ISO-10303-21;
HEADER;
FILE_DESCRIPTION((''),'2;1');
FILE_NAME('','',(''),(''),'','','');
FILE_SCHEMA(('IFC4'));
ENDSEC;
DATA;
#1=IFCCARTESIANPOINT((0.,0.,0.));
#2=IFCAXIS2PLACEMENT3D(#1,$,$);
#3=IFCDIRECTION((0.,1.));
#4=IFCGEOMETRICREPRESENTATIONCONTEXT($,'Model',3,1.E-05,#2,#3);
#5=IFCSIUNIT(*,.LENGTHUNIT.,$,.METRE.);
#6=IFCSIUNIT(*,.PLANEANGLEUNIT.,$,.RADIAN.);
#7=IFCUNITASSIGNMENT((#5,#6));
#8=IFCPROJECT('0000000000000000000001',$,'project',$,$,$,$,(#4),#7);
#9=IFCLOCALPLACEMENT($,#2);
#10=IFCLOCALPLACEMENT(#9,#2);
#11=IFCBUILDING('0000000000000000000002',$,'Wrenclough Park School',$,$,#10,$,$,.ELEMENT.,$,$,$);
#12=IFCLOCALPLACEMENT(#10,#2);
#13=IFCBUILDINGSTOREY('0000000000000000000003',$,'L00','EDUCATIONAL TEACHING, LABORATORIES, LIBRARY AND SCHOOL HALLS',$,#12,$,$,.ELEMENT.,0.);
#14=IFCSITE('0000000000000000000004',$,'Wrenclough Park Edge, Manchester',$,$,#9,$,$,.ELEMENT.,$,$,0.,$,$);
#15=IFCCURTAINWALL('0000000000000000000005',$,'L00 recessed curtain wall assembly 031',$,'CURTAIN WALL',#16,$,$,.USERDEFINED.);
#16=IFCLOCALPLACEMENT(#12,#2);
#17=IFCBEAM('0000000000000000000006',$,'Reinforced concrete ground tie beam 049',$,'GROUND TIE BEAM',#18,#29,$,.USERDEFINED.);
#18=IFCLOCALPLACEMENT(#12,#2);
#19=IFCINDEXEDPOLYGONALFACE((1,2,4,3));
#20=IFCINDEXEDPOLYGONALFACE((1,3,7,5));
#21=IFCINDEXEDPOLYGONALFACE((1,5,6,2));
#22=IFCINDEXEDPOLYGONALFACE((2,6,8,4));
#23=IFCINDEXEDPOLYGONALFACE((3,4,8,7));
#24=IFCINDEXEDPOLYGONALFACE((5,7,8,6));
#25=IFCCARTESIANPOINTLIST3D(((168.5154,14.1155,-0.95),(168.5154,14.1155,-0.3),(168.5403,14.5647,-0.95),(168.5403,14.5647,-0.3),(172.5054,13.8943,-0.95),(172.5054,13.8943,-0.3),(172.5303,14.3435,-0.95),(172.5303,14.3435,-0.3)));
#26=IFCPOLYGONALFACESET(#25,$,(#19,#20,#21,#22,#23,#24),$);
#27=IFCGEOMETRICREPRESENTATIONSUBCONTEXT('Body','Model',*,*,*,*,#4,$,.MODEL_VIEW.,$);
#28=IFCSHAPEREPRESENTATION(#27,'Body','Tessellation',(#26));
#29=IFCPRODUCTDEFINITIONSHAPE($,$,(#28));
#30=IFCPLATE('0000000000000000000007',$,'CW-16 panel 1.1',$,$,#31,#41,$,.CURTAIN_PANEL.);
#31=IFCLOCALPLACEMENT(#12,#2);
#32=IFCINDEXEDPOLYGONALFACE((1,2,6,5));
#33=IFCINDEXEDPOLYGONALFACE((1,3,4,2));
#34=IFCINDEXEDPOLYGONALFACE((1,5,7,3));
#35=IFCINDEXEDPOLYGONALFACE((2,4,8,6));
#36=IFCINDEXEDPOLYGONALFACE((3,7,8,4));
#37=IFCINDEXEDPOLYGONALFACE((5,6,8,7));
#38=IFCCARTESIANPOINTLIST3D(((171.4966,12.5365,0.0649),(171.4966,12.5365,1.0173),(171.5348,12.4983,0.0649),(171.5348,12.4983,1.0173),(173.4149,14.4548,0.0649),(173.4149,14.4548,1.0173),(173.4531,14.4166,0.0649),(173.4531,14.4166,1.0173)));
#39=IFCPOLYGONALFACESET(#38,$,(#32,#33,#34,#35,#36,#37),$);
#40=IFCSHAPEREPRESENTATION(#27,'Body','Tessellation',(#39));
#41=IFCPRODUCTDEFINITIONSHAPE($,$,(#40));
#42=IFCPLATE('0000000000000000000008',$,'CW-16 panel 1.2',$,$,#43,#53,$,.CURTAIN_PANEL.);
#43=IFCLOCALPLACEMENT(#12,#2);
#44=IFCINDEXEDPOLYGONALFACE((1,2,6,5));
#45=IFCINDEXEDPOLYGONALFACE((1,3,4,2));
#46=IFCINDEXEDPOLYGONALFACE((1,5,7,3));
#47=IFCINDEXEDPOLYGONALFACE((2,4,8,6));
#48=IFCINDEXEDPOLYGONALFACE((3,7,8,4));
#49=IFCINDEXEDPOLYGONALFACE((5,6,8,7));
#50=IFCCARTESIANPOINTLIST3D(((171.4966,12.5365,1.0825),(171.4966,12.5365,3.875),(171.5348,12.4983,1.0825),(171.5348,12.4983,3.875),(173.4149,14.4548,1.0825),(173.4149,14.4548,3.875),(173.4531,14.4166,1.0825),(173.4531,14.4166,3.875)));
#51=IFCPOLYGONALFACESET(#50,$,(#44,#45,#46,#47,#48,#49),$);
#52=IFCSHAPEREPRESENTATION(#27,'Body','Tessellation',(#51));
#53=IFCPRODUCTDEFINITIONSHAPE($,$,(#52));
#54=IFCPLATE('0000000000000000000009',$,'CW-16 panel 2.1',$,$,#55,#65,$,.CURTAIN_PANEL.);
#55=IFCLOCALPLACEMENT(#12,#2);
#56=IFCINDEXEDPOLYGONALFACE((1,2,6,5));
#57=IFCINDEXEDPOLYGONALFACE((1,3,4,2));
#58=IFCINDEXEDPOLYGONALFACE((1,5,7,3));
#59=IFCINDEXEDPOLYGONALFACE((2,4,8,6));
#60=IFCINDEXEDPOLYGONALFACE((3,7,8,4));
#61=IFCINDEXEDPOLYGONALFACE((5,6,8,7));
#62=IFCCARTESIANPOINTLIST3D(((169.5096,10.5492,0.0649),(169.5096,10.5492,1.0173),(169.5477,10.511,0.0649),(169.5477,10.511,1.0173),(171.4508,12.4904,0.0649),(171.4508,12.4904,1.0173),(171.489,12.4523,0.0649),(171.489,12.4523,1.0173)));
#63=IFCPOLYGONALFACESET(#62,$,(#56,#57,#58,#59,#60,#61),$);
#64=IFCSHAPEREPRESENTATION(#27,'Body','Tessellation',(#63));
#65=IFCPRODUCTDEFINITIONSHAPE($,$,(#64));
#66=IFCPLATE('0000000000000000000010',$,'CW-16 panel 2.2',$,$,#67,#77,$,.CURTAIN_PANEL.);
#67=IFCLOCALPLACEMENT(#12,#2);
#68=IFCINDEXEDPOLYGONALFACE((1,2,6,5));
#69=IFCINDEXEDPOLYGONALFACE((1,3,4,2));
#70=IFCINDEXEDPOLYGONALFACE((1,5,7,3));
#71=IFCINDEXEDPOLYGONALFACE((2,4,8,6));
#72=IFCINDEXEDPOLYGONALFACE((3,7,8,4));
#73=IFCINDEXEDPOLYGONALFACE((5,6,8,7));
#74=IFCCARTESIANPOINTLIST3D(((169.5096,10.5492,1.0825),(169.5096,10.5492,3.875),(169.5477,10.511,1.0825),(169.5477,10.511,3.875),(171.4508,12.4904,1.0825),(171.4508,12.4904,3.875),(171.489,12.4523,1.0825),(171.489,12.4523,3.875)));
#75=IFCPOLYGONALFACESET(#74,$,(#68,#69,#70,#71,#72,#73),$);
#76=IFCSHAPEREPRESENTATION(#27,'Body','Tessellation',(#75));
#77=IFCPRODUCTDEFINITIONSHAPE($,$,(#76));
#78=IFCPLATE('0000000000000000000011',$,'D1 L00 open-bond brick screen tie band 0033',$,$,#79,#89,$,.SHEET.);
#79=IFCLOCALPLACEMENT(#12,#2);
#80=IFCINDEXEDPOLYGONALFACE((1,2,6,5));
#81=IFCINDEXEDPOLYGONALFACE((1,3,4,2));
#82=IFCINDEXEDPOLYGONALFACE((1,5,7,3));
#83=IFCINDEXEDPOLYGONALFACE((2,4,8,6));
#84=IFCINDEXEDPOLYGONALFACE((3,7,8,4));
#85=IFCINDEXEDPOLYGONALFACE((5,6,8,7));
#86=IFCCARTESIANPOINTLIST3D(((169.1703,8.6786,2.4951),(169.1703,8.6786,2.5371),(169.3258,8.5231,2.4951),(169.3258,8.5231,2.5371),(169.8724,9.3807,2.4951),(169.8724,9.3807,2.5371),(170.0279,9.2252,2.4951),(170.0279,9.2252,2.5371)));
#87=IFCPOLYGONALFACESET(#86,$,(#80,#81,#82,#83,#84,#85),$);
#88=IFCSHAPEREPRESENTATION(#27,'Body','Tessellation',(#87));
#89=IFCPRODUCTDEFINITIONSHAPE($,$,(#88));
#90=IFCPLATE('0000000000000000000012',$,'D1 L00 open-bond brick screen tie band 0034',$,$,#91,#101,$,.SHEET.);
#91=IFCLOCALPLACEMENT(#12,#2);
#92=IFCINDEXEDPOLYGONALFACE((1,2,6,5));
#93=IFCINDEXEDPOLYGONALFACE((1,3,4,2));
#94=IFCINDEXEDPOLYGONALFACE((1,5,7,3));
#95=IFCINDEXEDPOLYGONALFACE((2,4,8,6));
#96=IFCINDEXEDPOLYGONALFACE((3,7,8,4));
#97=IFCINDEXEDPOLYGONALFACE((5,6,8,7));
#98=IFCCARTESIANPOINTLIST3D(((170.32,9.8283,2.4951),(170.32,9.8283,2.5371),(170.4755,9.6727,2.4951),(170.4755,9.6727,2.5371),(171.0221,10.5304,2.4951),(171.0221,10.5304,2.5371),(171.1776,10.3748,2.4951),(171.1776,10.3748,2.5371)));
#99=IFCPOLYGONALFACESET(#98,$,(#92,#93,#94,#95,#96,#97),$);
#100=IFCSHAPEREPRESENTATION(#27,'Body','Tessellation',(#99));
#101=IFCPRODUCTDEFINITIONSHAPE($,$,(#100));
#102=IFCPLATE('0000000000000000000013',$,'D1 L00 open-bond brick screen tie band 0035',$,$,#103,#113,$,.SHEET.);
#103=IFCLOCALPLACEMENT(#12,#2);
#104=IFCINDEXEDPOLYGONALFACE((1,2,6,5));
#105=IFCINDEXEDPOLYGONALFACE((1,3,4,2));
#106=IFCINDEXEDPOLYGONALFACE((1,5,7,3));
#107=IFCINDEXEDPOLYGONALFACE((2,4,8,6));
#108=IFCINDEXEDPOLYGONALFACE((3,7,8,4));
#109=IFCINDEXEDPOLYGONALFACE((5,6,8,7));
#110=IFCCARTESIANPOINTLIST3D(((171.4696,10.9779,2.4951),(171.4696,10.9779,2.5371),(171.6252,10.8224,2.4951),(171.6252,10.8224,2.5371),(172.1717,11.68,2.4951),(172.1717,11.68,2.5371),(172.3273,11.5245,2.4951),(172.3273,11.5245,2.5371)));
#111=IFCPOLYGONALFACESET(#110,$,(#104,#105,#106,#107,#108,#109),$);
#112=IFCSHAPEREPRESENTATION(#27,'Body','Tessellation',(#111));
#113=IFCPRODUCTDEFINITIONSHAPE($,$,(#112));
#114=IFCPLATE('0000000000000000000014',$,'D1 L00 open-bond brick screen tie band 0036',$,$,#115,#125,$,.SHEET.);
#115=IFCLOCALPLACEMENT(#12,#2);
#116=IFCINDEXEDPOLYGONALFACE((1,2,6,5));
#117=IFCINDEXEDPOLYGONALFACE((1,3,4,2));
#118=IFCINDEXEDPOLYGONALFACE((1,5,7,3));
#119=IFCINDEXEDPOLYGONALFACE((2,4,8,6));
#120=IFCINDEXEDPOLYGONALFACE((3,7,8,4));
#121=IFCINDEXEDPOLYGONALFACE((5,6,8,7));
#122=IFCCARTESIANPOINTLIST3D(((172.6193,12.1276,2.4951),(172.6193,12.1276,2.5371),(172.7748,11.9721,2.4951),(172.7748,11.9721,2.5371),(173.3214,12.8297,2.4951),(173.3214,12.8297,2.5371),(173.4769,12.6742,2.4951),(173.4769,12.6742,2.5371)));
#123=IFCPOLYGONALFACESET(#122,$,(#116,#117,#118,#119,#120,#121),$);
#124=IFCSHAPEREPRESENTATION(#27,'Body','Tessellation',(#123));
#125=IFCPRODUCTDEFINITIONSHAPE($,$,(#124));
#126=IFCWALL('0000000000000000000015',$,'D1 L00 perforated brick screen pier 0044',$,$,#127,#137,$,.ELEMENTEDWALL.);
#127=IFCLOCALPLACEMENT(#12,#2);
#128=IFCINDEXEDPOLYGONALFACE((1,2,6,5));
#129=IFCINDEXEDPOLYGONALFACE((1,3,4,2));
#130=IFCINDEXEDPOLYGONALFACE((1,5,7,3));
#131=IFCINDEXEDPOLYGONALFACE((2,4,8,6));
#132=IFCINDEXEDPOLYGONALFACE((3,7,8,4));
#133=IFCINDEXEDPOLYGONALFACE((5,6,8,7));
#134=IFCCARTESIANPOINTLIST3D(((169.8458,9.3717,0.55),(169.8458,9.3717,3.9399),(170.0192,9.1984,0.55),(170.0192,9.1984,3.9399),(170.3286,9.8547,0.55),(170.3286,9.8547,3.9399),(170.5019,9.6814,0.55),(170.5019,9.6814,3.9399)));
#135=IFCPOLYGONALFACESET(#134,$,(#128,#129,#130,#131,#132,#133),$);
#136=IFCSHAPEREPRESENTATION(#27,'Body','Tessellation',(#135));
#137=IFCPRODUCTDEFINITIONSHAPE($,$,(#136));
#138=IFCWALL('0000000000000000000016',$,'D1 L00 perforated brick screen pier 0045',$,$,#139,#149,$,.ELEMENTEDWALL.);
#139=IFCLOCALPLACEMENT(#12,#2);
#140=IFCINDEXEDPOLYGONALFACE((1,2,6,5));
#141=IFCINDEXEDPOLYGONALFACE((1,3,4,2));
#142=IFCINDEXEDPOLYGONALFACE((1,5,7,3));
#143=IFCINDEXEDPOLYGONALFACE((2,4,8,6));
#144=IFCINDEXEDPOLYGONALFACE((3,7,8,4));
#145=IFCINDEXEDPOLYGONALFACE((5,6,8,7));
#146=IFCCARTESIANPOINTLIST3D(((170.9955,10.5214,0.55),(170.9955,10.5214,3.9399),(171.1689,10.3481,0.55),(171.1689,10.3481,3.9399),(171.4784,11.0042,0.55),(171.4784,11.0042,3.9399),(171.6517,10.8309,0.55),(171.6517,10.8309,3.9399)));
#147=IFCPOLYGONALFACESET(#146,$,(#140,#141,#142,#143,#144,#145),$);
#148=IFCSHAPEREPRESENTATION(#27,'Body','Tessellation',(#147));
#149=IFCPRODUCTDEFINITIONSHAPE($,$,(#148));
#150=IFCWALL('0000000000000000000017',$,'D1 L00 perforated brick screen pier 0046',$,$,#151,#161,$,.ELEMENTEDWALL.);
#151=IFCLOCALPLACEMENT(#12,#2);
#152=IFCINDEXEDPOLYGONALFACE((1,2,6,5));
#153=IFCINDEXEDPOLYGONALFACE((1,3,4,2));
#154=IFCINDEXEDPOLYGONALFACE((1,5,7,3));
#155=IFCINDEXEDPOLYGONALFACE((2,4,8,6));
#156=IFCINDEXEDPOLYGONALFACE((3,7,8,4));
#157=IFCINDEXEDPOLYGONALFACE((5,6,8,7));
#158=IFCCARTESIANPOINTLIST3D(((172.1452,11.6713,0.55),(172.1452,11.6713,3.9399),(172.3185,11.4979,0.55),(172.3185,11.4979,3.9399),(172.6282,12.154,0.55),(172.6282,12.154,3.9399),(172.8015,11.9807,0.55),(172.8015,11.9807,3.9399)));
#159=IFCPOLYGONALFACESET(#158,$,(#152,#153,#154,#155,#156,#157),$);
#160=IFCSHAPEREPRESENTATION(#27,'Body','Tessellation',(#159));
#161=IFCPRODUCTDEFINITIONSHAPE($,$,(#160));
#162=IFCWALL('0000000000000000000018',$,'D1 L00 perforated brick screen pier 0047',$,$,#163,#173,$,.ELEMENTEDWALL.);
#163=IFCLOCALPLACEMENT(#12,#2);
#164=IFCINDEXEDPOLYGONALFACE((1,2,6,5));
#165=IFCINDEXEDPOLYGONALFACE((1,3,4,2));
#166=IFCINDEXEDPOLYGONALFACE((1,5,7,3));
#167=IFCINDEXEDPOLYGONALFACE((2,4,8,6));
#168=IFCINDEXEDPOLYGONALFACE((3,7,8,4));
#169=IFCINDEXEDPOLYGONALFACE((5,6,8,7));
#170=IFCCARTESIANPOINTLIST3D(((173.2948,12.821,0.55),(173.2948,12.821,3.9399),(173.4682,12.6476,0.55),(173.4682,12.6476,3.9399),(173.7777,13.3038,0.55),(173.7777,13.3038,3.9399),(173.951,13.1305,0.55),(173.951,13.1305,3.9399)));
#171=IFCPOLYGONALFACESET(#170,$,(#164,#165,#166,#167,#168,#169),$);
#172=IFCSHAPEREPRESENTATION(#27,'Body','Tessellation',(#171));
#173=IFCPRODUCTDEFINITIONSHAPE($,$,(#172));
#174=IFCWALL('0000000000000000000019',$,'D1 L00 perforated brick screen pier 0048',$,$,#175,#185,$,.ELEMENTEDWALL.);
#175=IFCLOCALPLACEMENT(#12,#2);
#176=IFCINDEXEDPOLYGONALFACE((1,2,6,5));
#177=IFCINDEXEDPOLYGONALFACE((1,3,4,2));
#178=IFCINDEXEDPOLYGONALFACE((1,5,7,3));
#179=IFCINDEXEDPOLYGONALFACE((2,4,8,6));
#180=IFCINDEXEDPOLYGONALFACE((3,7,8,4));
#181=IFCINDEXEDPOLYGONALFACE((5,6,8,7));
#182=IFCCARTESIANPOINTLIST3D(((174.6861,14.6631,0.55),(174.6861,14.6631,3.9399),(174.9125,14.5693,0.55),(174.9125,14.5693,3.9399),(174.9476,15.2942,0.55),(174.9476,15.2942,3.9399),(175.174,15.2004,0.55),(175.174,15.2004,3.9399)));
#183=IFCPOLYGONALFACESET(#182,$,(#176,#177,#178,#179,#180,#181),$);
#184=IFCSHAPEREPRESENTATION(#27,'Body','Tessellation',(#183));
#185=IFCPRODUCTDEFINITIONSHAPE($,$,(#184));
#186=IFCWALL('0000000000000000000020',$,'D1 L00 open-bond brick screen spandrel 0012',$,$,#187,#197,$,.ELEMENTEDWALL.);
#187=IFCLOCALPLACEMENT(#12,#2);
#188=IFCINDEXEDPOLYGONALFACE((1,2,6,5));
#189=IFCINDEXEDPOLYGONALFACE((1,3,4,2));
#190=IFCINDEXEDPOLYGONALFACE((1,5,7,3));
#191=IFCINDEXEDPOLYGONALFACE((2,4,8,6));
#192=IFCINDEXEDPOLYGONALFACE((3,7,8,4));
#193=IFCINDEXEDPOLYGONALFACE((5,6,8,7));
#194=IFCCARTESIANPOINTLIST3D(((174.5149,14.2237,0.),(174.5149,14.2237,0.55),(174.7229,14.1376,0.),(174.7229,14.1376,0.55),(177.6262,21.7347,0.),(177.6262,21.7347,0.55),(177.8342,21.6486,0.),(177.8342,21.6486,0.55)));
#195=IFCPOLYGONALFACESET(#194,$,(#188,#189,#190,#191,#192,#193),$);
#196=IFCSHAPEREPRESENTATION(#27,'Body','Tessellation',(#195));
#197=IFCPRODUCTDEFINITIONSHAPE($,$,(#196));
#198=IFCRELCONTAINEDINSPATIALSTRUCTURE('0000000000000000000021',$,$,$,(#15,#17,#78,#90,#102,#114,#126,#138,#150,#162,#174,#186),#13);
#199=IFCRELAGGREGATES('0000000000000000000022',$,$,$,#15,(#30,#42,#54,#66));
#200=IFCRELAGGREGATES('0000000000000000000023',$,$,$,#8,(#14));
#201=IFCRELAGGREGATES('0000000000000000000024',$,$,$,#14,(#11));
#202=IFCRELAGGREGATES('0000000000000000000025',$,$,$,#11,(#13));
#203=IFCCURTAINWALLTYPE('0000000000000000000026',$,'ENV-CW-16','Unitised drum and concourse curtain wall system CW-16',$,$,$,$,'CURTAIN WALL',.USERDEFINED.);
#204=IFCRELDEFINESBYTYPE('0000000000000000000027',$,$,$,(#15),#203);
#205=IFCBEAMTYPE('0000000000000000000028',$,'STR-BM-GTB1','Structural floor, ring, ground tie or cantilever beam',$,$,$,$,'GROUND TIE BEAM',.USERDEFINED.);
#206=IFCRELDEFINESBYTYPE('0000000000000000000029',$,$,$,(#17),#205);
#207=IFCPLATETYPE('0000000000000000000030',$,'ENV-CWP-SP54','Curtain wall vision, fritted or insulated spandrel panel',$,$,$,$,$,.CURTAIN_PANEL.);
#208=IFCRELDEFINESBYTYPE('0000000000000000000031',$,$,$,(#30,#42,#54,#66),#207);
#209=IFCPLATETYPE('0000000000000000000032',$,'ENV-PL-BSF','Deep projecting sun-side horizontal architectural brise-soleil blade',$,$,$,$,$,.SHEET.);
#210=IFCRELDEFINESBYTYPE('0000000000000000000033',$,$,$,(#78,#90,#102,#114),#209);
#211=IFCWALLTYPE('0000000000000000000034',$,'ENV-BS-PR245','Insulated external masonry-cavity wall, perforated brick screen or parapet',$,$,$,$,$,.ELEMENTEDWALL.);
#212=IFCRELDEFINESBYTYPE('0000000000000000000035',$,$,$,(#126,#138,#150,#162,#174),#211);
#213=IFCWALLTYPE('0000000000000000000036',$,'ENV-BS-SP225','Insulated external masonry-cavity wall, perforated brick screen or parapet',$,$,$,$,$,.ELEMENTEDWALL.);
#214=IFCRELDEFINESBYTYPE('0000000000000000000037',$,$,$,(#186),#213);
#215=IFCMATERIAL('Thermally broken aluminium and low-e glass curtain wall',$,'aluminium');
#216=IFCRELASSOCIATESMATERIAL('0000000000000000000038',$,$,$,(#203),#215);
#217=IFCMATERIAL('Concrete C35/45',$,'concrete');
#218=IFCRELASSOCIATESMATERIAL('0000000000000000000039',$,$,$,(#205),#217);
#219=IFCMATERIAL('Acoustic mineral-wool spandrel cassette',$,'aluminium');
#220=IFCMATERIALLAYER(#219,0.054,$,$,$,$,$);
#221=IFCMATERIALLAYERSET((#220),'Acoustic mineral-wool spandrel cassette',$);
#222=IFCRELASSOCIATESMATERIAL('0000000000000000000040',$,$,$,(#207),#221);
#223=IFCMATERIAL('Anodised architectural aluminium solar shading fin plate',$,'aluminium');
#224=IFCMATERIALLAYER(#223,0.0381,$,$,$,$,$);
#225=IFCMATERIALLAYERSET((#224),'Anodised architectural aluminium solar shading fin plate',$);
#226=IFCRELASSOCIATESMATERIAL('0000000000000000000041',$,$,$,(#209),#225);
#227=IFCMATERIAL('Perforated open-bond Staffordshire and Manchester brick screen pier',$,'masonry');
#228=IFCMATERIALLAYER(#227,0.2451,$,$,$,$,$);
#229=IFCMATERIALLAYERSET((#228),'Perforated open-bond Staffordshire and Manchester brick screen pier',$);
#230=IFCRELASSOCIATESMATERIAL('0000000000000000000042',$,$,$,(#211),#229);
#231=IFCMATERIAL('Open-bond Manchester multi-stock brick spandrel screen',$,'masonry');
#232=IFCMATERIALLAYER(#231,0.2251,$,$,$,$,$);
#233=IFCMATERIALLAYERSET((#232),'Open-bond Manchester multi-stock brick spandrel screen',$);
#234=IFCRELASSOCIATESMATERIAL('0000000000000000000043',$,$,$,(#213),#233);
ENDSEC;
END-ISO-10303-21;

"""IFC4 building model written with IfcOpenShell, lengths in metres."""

from ifc_helpers import new_model, si_unit, direction, frame, frame_2d, origin, origin_2d, place, context, subcontext, project, spatial, rectangle, extrude, material, layer, layer_set, material_profile, profile_set, type_object, element, aggregate, save


model = new_model("IFC4")

# Units and contexts
model_context = context("Model", 3, precision=1e-05, world=origin(), true_north=direction((0.0, 1.0)))
body_context = subcontext(model_context, "Body", "Model", "MODEL_VIEW")
ifc_project = project(units=[si_unit("LENGTHUNIT", "METRE"), si_unit("PLANEANGLEUNIT", "RADIAN")], contexts=[model_context])

# Site, building, storey
site_placement = place(None, origin())
site = spatial("IfcSite", under=ifc_project, at=site_placement, Name="Wrenclough Park Edge, Manchester", CompositionType="ELEMENT", RefElevation=0.0)
building_placement = place(site_placement, origin())
building = spatial("IfcBuilding", under=site, at=building_placement, Name="Wrenclough Park School", CompositionType="ELEMENT")
storey_placement = place(building_placement, origin())
storey = spatial("IfcBuildingStorey", under=building, at=storey_placement, Name="L00", Description="EDUCATIONAL TEACHING, LABORATORIES, LIBRARY AND SCHOOL HALLS", CompositionType="ELEMENT", Elevation=0.0)

# Shared definitions
ifc_material_1 = material(Name="Concrete C35/45", Category="concrete")

# Curtain wall
ifc_material_2 = material(Name="Thermally broken aluminium and low-e glass curtain wall", Category="aluminium")
curtain_wall_type = type_object("IfcCurtainWallType", Name="ENV-CW-16", Description="Unitised drum and concourse curtain wall system CW-16", ElementType="CURTAIN WALL", PredefinedType="USERDEFINED", material=ifc_material_2)
curtain_wall_placement = place(storey_placement, origin())
curtain_wall = element("IfcCurtainWall", 1, at=curtain_wall_placement, inside=storey, type_object=curtain_wall_type, Name="L00 recessed curtain wall assembly 031", ObjectType="CURTAIN WALL", PredefinedType="USERDEFINED")

# Beam
ifc_material_profile_1 = material_profile(ifc_material_1, rectangle(XDim=0.45, YDim=0.6499, at=origin_2d()), Name="RC GROUND 450x650")
ifc_profile_set_1 = profile_set([ifc_material_profile_1], Name="Concrete C35/45")
beam_type = type_object("IfcBeamType", Name="STR-BM-GTB1", Description="Structural floor, ring, ground tie or cantilever beam", ElementType="GROUND TIE BEAM", PredefinedType="USERDEFINED", material=ifc_profile_set_1)
beam_placement = place(storey_placement, frame((172.5178, 14.1189, -0.625), z_axis=(-0.998467, 0.055352, 0.0), x_axis=(-0.055352, -0.998467, 0.0)))
element("IfcBeam", 2, at=beam_placement, inside=storey, type_object=beam_type, Name="Reinforced concrete ground tie beam 049", ObjectType="GROUND TIE BEAM", PredefinedType="USERDEFINED", context=body_context, shape_type="SweptSolid", body=[
    extrude(rectangle(XDim=0.45, YDim=0.6499, at=origin_2d()), origin(), (0.0, 0.0, 1.0), 3.9961),
])

# Plates
ifc_material_3 = material(Name="Acoustic mineral-wool spandrel cassette", Category="aluminium")
ifc_layer_1 = layer(ifc_material_3, 0.054)
ifc_layer_set_1 = layer_set([ifc_layer_1], Name="Acoustic mineral-wool spandrel cassette")
plate_type_1 = type_object("IfcPlateType", Name="ENV-CWP-SP54", Description="Curtain wall vision, fritted or insulated spandrel panel", PredefinedType="CURTAIN_PANEL", material=ifc_layer_set_1)
plate_1_placement = place(storey_placement, frame((172.4749, 13.4766, 0.0649), z_axis=(0.0, 0.0, 1.0), x_axis=(-0.707107, -0.707107, 0.0)))
plate_1 = element("IfcPlate", 3, at=plate_1_placement, type_object=plate_type_1, Name="CW-16 panel 1.1", PredefinedType="CURTAIN_PANEL", context=body_context, shape_type="SweptSolid", body=[
    extrude(rectangle(XDim=2.7129, YDim=0.054, at=origin_2d()), origin(), (0.0, 0.0, 1.0), 0.9524),
])
plate_2_placement = place(storey_placement, frame((172.4749, 13.4766, 1.0825), z_axis=(0.0, 0.0, 1.0), x_axis=(-0.707107, -0.707107, 0.0)))
plate_2 = element("IfcPlate", 4, at=plate_2_placement, type_object=plate_type_1, Name="CW-16 panel 1.2", PredefinedType="CURTAIN_PANEL", context=body_context, shape_type="SweptSolid", body=[
    extrude(rectangle(XDim=2.7129, YDim=0.054, at=origin_2d()), origin(), (0.0, 0.0, 1.0), 2.7925),
])
plate_3_placement = place(storey_placement, frame((170.4993, 11.5007, 0.0649), z_axis=(0.0, 0.0, 1.0), x_axis=(-0.707107, -0.707107, 0.0)))
plate_3 = element("IfcPlate", 5, at=plate_3_placement, type_object=plate_type_1, Name="CW-16 panel 2.1", PredefinedType="CURTAIN_PANEL", context=body_context, shape_type="SweptSolid", body=[
    extrude(rectangle(XDim=2.7454, YDim=0.054, at=origin_2d()), origin(), (0.0, 0.0, 1.0), 0.9524),
])
plate_4_placement = place(storey_placement, frame((170.4993, 11.5007, 1.0825), z_axis=(0.0, 0.0, 1.0), x_axis=(-0.707107, -0.707107, 0.0)))
plate_4 = element("IfcPlate", 6, at=plate_4_placement, type_object=plate_type_1, Name="CW-16 panel 2.2", PredefinedType="CURTAIN_PANEL", context=body_context, shape_type="SweptSolid", body=[
    extrude(rectangle(XDim=2.7454, YDim=0.054, at=origin_2d()), origin(), (0.0, 0.0, 1.0), 2.7925),
])
aggregate(curtain_wall, [plate_1, plate_2, plate_3, plate_4])

# Plates
ifc_material_4 = material(Name="Anodised architectural aluminium solar shading fin plate", Category="aluminium")
ifc_layer_2 = layer(ifc_material_4, 0.0381)
ifc_layer_set_2 = layer_set([ifc_layer_2], Name="Anodised architectural aluminium solar shading fin plate")
plate_type_2 = type_object("IfcPlateType", Name="ENV-PL-BSF", Description="Deep projecting sun-side horizontal architectural brise-soleil blade", PredefinedType="SHEET", material=ifc_layer_set_2)
for number, where, z_axis, x_axis, name in (
    (7, (169.5991, 8.9519, 2.4951), (0.0, 0.0, 1.0), (0.707107, 0.707107, 0.0), "D1 L00 open-bond brick screen tie band 0033"),
    (8, (170.7488, 10.1016, 2.4951), (0.0, 0.0, 1.0), (0.707107, 0.707107, 0.0), "D1 L00 open-bond brick screen tie band 0034"),
    (9, (171.8984, 11.2512, 2.4951), (0.0, 0.0, 1.0), (0.707107, 0.707107, 0.0), "D1 L00 open-bond brick screen tie band 0035"),
    (10, (173.0481, 12.4009, 2.4951), (0.0, 0.0, 1.0), (0.707107, 0.707107, 0.0), "D1 L00 open-bond brick screen tie band 0036"),
):
    element("IfcPlate", number, at=place(storey_placement, frame(where, z_axis=z_axis, x_axis=x_axis)), inside=storey, type_object=plate_type_2, Name=name, PredefinedType="SHEET", context=body_context, shape_type="SweptSolid", body=[
        extrude(rectangle(XDim=0.9929, YDim=0.22, at=origin_2d()), origin(), (0.0, 0.0, 1.0), 0.042),
    ])

# Walls
ifc_material_5 = material(Name="Perforated open-bond Staffordshire and Manchester brick screen pier", Category="masonry")
ifc_layer_3 = layer(ifc_material_5, 0.2451)
ifc_layer_set_3 = layer_set([ifc_layer_3], Name="Perforated open-bond Staffordshire and Manchester brick screen pier")
wall_type_1 = type_object("IfcWallType", Name="ENV-BS-PR245", Description="Insulated external masonry-cavity wall, perforated brick screen or parapet", PredefinedType="ELEMENTEDWALL", material=ifc_layer_set_3)
for number, where, z_axis, x_axis, name in (
    (11, (169.9326, 9.2852, 0.55), (0.0, 0.0, 1.0), (0.706928, 0.707286, 0.0), "D1 L00 perforated brick screen pier 0044"),
    (12, (171.0823, 10.4348, 0.55), (0.0, 0.0, 1.0), (0.707107, 0.707107, 0.0), "D1 L00 perforated brick screen pier 0045"),
    (13, (172.2319, 11.5847, 0.55), (0.0, 0.0, 1.0), (0.707286, 0.706928, 0.0), "D1 L00 perforated brick screen pier 0046"),
    (14, (173.3816, 12.7344, 0.55), (0.0, 0.0, 1.0), (0.707107, 0.707107, 0.0), "D1 L00 perforated brick screen pier 0047"),
):
    element("IfcWall", number, at=place(storey_placement, frame(where, z_axis=z_axis, x_axis=x_axis)), inside=storey, type_object=wall_type_1, Name=name, PredefinedType="ELEMENTEDWALL", context=body_context, shape_type="SweptSolid", body=[
        extrude(rectangle(XDim=0.6829, YDim=0.2451, at=frame_2d((0.3413, 0.0))), origin(), (0.0, 0.0, 1.0), 3.3899),
    ])
wall_1_placement = place(storey_placement, frame((174.7993, 14.6162, 0.55), z_axis=(0.0, 0.0, 1.0), x_axis=(0.382762, 0.923847, 0.0)))
element("IfcWall", 15, at=wall_1_placement, inside=storey, type_object=wall_type_1, Name="D1 L00 perforated brick screen pier 0048", PredefinedType="ELEMENTEDWALL", context=body_context, shape_type="SweptSolid", body=[
    extrude(rectangle(XDim=0.6831, YDim=0.2451, at=frame_2d((0.3416, 0.0))), origin(), (0.0, 0.0, 1.0), 3.3899),
])
ifc_material_6 = material(Name="Open-bond Manchester multi-stock brick spandrel screen", Category="masonry")
ifc_layer_4 = layer(ifc_material_6, 0.2251)
ifc_layer_set_4 = layer_set([ifc_layer_4], Name="Open-bond Manchester multi-stock brick spandrel screen")
wall_type_2 = type_object("IfcWallType", Name="ENV-BS-SP225", Description="Insulated external masonry-cavity wall, perforated brick screen or parapet", PredefinedType="ELEMENTEDWALL", material=ifc_layer_set_4)
wall_2_placement = place(storey_placement, frame((174.6189, 14.1807, 0.0), z_axis=(0.0, 0.0, 1.0), x_axis=(0.382702, 0.923872, 0.0)))
element("IfcWall", 16, at=wall_2_placement, inside=storey, type_object=wall_type_2, Name="D1 L00 open-bond brick screen spandrel 0012", PredefinedType="ELEMENTEDWALL", context=body_context, shape_type="SweptSolid", body=[
    extrude(rectangle(XDim=8.1299, YDim=0.2251, at=frame_2d((4.0649, 0.0))), origin(), (0.0, 0.0, 1.0), 0.55),
])

save(model, "model.ifc")
